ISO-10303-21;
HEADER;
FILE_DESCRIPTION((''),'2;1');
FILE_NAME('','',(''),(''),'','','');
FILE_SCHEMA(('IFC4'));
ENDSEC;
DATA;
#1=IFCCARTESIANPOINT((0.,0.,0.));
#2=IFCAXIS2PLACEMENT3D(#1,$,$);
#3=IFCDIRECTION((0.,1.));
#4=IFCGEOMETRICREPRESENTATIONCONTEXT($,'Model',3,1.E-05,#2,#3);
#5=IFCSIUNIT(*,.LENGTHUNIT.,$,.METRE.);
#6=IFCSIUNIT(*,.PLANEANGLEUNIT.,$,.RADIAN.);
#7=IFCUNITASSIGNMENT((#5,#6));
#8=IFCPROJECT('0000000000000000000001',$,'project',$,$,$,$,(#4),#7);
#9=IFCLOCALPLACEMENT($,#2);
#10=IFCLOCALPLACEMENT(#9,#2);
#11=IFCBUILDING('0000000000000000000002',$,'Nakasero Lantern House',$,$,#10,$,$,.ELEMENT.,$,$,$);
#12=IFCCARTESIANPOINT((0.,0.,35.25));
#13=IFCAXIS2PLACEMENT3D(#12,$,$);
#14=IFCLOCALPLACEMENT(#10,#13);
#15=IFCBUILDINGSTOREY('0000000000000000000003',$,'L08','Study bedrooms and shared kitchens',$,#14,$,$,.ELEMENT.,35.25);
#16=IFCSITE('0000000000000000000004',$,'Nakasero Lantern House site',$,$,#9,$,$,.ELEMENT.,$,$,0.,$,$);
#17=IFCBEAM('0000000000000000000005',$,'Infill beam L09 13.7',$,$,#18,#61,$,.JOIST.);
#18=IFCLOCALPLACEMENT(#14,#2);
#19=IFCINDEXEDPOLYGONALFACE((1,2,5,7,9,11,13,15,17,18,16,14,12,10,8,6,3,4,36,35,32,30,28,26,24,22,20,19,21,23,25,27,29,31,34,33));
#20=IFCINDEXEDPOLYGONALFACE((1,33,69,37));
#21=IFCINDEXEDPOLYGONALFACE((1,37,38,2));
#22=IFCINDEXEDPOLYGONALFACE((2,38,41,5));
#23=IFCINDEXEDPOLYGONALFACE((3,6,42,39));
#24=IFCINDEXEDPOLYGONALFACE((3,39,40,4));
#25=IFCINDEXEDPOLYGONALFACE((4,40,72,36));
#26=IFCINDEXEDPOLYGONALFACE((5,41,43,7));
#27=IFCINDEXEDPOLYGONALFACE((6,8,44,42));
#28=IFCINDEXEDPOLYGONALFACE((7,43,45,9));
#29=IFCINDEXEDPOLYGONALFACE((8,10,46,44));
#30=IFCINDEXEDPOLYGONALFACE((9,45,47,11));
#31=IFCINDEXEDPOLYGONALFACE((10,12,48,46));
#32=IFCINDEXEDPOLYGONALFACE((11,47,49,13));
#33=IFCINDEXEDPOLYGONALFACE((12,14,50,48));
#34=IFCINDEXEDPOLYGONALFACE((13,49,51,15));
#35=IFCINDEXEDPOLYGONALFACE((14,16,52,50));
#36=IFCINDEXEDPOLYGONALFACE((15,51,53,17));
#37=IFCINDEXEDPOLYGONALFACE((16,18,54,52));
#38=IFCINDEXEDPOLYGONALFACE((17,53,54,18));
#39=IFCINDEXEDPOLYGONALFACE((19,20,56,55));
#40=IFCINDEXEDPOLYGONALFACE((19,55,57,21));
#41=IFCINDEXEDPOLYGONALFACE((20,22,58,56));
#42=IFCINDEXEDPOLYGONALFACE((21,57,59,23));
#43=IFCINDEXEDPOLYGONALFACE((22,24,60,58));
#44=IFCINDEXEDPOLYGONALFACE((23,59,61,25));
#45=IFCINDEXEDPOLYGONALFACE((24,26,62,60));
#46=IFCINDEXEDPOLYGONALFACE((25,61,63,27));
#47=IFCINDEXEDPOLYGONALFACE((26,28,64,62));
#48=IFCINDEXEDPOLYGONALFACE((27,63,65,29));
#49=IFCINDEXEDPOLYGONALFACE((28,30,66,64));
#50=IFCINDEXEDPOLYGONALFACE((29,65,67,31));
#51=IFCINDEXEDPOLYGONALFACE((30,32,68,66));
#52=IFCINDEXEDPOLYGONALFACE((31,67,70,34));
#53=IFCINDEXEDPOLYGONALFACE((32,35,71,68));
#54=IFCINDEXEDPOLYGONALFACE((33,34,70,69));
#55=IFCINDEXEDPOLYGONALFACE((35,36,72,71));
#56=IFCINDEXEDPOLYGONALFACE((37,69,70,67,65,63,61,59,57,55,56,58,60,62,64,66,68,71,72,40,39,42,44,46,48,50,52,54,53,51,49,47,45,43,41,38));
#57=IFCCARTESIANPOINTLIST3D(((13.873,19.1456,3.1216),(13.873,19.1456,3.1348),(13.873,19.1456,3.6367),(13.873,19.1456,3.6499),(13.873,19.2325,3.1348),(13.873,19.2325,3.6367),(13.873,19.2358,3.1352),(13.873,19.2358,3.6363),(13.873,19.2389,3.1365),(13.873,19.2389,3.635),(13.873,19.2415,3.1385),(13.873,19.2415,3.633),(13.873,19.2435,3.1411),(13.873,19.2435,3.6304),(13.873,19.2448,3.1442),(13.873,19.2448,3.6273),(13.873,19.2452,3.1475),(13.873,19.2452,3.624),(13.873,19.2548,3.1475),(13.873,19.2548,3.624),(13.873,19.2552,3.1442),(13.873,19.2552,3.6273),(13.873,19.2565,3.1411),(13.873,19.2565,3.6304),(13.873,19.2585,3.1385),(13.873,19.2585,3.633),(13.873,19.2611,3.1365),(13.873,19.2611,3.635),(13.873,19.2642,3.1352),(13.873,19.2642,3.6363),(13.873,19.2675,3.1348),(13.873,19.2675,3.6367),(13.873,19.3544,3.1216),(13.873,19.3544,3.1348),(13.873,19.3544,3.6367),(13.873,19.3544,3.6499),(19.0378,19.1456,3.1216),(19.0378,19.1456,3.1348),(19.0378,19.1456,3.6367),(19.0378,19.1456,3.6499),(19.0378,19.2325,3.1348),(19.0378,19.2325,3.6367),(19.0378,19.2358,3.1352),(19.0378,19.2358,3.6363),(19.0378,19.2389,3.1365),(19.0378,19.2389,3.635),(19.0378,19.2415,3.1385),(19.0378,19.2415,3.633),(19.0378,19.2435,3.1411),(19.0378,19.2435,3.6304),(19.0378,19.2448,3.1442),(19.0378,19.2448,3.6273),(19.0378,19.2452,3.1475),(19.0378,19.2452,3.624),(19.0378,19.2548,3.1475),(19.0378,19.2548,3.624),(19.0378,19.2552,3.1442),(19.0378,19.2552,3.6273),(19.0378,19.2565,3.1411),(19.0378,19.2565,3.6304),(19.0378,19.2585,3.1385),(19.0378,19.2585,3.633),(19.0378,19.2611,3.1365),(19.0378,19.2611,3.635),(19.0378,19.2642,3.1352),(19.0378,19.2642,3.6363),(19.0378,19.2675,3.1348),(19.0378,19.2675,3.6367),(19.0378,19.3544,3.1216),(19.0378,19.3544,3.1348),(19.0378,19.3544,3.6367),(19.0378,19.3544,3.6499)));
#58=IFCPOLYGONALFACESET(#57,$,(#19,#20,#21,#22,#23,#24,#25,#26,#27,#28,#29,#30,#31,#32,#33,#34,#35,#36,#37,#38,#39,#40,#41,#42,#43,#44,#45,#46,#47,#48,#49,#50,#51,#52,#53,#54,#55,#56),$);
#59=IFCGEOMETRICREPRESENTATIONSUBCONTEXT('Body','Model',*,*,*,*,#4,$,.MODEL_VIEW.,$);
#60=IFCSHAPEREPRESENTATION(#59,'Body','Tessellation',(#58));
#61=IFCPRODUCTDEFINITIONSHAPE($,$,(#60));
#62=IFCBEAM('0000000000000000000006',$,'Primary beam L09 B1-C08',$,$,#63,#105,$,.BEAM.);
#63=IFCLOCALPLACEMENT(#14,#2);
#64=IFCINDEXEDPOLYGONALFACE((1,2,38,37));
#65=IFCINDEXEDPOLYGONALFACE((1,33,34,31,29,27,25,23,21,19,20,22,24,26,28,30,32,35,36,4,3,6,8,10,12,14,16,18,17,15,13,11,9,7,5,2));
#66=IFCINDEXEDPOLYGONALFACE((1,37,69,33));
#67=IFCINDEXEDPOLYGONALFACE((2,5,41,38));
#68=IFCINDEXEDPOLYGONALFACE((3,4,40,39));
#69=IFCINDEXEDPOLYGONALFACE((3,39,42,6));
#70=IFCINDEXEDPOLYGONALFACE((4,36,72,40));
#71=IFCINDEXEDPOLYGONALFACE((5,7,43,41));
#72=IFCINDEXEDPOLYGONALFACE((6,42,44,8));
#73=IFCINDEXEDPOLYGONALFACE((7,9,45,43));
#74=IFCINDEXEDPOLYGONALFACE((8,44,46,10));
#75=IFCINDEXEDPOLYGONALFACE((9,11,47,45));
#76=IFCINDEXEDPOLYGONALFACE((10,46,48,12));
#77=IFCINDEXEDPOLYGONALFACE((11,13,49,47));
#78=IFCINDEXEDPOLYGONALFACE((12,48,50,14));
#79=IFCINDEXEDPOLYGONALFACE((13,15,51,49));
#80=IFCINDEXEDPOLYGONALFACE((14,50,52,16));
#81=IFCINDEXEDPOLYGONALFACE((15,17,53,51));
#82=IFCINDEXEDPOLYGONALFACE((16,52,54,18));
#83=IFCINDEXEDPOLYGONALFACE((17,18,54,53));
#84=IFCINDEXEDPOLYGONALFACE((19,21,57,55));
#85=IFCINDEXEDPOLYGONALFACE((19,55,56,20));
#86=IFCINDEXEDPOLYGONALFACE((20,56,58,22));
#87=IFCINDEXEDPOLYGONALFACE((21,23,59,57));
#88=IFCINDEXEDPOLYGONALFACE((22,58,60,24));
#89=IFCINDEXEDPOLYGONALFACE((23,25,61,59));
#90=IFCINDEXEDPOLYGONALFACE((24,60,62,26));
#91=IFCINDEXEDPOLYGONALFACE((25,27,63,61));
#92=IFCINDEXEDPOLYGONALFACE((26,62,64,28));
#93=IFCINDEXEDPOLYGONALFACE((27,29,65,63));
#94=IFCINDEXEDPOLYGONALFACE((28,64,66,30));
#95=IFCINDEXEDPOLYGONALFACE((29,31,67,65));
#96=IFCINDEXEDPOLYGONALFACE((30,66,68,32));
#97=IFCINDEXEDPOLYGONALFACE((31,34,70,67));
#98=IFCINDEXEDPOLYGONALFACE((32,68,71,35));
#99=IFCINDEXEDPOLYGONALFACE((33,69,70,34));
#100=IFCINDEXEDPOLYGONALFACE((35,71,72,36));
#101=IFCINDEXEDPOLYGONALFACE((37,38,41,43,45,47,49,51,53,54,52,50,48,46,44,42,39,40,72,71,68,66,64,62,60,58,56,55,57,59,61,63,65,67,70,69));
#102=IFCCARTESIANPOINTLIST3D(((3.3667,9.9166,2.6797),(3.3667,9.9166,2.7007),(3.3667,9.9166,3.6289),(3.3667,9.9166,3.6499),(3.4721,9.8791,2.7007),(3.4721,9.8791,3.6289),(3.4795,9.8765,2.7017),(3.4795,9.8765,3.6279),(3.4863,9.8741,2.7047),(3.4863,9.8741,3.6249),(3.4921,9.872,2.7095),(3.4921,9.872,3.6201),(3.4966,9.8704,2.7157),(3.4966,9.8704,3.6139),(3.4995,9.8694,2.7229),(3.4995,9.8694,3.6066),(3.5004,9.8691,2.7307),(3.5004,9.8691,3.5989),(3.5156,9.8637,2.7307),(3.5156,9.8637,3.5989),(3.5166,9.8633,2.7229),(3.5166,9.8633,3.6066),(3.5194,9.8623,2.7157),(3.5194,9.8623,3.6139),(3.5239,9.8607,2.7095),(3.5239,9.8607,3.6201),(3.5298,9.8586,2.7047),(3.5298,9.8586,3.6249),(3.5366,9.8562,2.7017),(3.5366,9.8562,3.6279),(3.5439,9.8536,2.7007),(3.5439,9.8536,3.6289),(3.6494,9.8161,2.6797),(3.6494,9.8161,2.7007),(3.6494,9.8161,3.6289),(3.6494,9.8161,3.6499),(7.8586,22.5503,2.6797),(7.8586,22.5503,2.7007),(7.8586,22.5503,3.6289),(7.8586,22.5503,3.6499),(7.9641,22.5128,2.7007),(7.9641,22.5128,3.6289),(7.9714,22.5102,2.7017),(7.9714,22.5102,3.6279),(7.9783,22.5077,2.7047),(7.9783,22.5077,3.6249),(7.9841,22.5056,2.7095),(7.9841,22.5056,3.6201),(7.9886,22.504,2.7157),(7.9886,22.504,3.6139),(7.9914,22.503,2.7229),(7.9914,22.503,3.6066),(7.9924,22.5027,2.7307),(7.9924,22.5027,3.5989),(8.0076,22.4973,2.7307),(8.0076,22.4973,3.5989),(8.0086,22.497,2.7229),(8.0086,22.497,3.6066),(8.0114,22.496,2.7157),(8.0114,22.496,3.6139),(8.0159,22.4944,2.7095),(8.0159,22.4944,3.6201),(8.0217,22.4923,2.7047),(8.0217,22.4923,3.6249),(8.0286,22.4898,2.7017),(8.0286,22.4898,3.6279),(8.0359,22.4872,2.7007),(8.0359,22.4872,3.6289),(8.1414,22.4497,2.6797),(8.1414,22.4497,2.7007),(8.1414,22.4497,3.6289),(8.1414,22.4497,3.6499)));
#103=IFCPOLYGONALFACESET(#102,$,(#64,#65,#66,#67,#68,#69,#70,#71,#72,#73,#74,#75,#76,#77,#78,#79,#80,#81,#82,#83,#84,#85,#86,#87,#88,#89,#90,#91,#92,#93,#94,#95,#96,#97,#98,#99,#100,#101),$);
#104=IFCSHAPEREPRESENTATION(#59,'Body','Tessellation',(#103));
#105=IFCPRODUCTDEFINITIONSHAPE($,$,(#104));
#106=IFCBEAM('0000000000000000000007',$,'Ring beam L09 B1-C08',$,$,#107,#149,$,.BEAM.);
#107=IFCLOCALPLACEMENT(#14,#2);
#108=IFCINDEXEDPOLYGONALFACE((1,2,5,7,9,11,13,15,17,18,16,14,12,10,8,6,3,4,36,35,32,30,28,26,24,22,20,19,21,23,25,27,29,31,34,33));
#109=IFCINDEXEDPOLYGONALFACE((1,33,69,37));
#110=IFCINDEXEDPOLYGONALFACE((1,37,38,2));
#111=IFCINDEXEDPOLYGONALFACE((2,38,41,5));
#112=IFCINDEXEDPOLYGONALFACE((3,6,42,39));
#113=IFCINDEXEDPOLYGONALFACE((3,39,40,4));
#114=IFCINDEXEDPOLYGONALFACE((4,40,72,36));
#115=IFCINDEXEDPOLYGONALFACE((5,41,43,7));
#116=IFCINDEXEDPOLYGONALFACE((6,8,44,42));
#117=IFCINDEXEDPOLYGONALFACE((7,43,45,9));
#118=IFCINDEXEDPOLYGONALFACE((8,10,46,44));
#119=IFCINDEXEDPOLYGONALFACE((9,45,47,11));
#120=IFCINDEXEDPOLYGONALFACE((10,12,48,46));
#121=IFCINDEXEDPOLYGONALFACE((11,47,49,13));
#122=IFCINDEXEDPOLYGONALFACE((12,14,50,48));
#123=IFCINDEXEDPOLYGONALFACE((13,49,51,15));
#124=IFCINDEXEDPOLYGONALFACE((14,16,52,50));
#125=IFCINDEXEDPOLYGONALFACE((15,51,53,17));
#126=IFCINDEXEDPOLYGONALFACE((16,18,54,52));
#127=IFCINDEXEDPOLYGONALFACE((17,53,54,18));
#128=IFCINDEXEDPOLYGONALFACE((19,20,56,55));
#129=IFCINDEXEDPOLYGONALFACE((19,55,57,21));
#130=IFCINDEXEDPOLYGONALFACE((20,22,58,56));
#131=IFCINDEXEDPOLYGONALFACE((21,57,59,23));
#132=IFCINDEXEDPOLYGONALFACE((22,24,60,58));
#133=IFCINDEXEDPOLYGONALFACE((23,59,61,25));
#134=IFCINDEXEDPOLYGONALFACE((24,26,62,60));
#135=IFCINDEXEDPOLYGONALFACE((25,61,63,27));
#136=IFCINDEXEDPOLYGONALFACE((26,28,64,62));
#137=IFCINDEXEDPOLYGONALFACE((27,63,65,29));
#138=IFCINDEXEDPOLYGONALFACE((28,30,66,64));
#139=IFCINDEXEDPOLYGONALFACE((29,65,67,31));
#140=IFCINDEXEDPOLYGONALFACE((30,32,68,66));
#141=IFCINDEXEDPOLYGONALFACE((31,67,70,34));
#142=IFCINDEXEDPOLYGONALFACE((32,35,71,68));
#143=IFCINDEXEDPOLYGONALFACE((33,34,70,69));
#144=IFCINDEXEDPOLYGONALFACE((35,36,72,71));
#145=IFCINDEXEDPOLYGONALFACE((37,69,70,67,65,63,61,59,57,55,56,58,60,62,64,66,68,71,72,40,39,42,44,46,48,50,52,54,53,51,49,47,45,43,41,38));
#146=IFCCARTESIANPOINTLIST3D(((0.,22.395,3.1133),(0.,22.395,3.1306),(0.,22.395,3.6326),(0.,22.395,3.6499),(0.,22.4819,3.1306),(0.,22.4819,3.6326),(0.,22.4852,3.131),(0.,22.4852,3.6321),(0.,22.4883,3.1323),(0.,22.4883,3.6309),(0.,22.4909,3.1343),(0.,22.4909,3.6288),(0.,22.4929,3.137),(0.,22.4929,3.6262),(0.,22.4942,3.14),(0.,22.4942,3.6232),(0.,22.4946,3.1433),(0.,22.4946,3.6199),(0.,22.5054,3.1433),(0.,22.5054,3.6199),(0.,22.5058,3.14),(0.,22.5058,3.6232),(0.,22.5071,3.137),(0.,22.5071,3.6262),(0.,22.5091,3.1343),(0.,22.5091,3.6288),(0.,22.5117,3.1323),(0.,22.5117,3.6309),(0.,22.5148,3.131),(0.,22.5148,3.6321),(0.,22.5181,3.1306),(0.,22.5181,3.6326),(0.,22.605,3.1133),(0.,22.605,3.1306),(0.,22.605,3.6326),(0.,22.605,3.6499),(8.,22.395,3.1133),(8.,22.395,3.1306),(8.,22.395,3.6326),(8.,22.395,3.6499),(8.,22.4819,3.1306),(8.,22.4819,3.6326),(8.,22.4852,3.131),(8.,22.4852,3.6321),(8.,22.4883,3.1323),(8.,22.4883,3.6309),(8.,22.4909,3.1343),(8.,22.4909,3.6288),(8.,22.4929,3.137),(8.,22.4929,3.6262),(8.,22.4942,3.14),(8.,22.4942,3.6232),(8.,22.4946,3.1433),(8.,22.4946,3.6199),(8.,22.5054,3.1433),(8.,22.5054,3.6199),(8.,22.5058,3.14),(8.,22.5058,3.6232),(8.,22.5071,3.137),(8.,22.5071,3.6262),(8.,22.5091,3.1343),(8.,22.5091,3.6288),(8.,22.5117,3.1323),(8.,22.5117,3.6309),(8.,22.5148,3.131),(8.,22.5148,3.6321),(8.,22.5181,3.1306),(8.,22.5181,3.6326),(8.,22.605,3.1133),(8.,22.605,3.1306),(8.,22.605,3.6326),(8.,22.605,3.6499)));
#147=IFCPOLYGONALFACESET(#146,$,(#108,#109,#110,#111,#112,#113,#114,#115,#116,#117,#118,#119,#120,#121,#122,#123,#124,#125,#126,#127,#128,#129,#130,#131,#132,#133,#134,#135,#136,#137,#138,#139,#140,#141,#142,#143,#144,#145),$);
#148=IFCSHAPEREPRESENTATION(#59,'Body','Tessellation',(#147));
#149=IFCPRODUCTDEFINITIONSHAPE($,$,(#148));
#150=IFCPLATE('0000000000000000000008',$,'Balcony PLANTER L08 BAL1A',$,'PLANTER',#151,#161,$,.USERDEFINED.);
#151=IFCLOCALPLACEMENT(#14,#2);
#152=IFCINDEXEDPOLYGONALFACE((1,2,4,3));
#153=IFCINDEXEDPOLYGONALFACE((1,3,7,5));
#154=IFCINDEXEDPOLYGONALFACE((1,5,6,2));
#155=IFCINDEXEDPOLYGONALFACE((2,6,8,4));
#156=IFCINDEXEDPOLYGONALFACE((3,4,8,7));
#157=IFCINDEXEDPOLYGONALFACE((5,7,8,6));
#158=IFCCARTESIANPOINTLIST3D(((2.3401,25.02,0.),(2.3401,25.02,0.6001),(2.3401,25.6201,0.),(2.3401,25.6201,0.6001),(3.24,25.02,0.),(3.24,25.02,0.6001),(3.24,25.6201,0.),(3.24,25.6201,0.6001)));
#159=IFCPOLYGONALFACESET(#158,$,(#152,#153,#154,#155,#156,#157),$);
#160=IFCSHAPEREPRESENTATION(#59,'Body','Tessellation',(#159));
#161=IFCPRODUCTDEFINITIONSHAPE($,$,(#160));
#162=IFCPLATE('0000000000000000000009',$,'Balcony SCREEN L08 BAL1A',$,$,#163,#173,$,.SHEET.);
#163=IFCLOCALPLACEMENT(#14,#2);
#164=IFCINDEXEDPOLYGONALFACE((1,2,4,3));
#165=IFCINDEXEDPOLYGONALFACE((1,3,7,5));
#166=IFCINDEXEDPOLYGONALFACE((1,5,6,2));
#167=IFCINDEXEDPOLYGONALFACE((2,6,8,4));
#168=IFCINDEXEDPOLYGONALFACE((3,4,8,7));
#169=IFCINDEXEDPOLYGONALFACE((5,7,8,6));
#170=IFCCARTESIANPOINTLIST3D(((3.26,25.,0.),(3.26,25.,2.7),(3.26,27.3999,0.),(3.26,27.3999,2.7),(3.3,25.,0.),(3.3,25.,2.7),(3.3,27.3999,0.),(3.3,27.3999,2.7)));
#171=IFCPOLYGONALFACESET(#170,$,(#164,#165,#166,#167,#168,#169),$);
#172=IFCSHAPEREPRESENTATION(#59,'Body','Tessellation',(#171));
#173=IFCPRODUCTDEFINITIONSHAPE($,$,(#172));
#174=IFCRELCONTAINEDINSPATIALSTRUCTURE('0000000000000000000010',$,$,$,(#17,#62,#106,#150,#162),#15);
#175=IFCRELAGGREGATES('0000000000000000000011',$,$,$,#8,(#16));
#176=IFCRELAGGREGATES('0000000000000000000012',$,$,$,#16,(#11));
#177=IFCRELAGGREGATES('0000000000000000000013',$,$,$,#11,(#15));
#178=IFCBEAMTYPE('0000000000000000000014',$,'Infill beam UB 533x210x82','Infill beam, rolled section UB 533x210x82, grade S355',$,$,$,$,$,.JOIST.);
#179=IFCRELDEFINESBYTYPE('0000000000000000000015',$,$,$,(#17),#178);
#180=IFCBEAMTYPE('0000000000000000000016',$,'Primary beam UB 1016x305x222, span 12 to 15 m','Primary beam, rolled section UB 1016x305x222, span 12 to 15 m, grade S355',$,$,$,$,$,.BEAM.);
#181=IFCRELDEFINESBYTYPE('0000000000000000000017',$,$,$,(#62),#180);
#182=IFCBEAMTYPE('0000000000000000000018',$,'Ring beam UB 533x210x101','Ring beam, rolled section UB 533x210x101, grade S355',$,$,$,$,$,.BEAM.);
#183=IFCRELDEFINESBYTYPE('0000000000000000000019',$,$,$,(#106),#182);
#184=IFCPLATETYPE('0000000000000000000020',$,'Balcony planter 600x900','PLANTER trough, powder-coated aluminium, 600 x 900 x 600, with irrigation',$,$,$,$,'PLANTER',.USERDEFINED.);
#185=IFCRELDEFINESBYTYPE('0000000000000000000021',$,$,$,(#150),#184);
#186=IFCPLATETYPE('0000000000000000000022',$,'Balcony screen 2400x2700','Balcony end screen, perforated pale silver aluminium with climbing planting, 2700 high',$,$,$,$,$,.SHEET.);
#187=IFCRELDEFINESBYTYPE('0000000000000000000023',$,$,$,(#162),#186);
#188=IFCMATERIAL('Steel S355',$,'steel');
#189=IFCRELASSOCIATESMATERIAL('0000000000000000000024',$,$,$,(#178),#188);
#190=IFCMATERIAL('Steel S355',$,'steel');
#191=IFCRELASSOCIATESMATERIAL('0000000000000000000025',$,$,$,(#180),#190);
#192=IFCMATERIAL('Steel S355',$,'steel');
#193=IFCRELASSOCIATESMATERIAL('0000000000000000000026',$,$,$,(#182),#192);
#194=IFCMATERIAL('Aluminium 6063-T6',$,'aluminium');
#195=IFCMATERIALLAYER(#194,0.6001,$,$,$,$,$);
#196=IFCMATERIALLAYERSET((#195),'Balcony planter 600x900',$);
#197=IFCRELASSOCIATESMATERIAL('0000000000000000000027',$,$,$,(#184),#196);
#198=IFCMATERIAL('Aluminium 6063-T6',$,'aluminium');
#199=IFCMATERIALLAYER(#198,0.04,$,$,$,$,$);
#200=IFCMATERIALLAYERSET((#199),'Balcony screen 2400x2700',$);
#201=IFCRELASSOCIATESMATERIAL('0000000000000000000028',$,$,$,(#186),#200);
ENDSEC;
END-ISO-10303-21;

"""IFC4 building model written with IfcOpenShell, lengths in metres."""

from ifc_helpers import new_model, si_unit, direction, frame, origin, origin_2d, place, context, subcontext, project, spatial, rectangle, i_section, extrude, material, layer, layer_set, material_profile, profile_set, type_object, element, save


model = new_model("IFC4")

# Units and contexts
model_context = context("Model", 3, precision=1e-05, world=origin(), true_north=direction((0.0, 1.0)))
body_context = subcontext(model_context, "Body", "Model", "MODEL_VIEW")
ifc_project = project(units=[si_unit("LENGTHUNIT", "METRE"), si_unit("PLANEANGLEUNIT", "RADIAN")], contexts=[model_context])

# Site, building, storey
site_placement = place(None, origin())
site = spatial("IfcSite", under=ifc_project, at=site_placement, Name="Nakasero Lantern House site", CompositionType="ELEMENT", RefElevation=0.0)
building_placement = place(site_placement, origin())
building = spatial("IfcBuilding", under=site, at=building_placement, Name="Nakasero Lantern House", CompositionType="ELEMENT")
storey_placement = place(building_placement, frame((0.0, 0.0, 35.25)))
storey = spatial("IfcBuildingStorey", under=building, at=storey_placement, Name="L08", Description="Study bedrooms and shared kitchens", CompositionType="ELEMENT", Elevation=35.25)

# Beams
ifc_material_1 = material(Name="Steel S355", Category="steel")
ifc_material_profile_1 = material_profile(ifc_material_1, i_section(OverallWidth=0.2087, OverallDepth=0.5283, WebThickness=0.0095, FlangeThickness=0.0132, FilletRadius=0.0127, at=origin_2d()), Name="UB 533x210x82")
ifc_profile_set_1 = profile_set([ifc_material_profile_1], Name="Steel S355")
beam_type_1 = type_object("IfcBeamType", Name="Infill beam UB 533x210x82", Description="Infill beam, rolled section UB 533x210x82, grade S355", PredefinedType="JOIST", material=ifc_profile_set_1)
beam_1_placement = place(storey_placement, frame((13.873, 19.25, 3.3857), z_axis=(1.0, 0.0, 0.0), x_axis=(0.0, 1.0, 0.0)))
element("IfcBeam", 1, at=beam_1_placement, inside=storey, type_object=beam_type_1, Name="Infill beam L09 13.7", PredefinedType="JOIST", context=body_context, shape_type="SweptSolid", body=[
    extrude(i_section(OverallWidth=0.2087, OverallDepth=0.5283, WebThickness=0.0095, FlangeThickness=0.0132, FilletRadius=0.0127, at=origin_2d()), origin(), (0.0, 0.0, 1.0), 5.1648),
])
ifc_material_2 = material(Name="Steel S355", Category="steel")
ifc_material_profile_2 = material_profile(ifc_material_2, i_section(OverallWidth=0.3, OverallDepth=0.9702, WebThickness=0.0161, FlangeThickness=0.021, FilletRadius=0.03, at=origin_2d()), Name="UB 1016x305x222")
ifc_profile_set_2 = profile_set([ifc_material_profile_2], Name="Steel S355")
beam_type_2 = type_object("IfcBeamType", Name="Primary beam UB 1016x305x222, span 12 to 15 m", Description="Primary beam, rolled section UB 1016x305x222, span 12 to 15 m, grade S355", PredefinedType="BEAM", material=ifc_profile_set_2)
beam_2_placement = place(storey_placement, frame((8.0, 22.5, 3.1648), z_axis=(-0.335011, -0.942214, 0.0), x_axis=(0.942214, -0.335011, 0.0)))
element("IfcBeam", 2, at=beam_2_placement, inside=storey, type_object=beam_type_2, Name="Primary beam L09 B1-C08", PredefinedType="BEAM", context=body_context, shape_type="SweptSolid", body=[
    extrude(i_section(OverallWidth=0.3, OverallDepth=0.9702, WebThickness=0.0161, FlangeThickness=0.021, FilletRadius=0.03, at=origin_2d()), origin(), (0.0, 0.0, 1.0), 13.4084),
])
ifc_material_3 = material(Name="Steel S355", Category="steel")
ifc_material_profile_3 = material_profile(ifc_material_3, i_section(OverallWidth=0.21, OverallDepth=0.5366, WebThickness=0.0107, FlangeThickness=0.0173, FilletRadius=0.0127, at=origin_2d()), Name="UB 533x210x101")
ifc_profile_set_3 = profile_set([ifc_material_profile_3], Name="Steel S355")
beam_type_3 = type_object("IfcBeamType", Name="Ring beam UB 533x210x101", Description="Ring beam, rolled section UB 533x210x101, grade S355", PredefinedType="BEAM", material=ifc_profile_set_3)
beam_3_placement = place(storey_placement, frame((8.0, 22.5, 3.3816), z_axis=(-1.0, 0.0, 0.0), x_axis=(0.0, -1.0, 0.0)))
element("IfcBeam", 3, at=beam_3_placement, inside=storey, type_object=beam_type_3, Name="Ring beam L09 B1-C08", PredefinedType="BEAM", context=body_context, shape_type="SweptSolid", body=[
    extrude(i_section(OverallWidth=0.21, OverallDepth=0.5366, WebThickness=0.0107, FlangeThickness=0.0173, FilletRadius=0.0127, at=origin_2d()), origin(), (0.0, 0.0, 1.0), 8.0),
])

# Plates
ifc_material_4 = material(Name="Aluminium 6063-T6", Category="aluminium")
ifc_layer_1 = layer(ifc_material_4, 0.6001)
ifc_layer_set_1 = layer_set([ifc_layer_1], Name="Balcony planter 600x900")
plate_type_1 = type_object("IfcPlateType", Name="Balcony planter 600x900", Description="PLANTER trough, powder-coated aluminium, 600 x 900 x 600, with irrigation", ElementType="PLANTER", PredefinedType="USERDEFINED", material=ifc_layer_set_1)
plate_1_placement = place(storey_placement, frame((2.79, 25.3201, 0.0), z_axis=(0.0, 0.0, 1.0), x_axis=(0.0, 1.0, 0.0)))
element("IfcPlate", 4, at=plate_1_placement, inside=storey, type_object=plate_type_1, Name="Balcony PLANTER L08 BAL1A", ObjectType="PLANTER", PredefinedType="USERDEFINED", context=body_context, shape_type="SweptSolid", body=[
    extrude(rectangle(XDim=0.6001, YDim=0.8999, at=origin_2d()), origin(), (0.0, 0.0, 1.0), 0.6001),
])
ifc_material_5 = material(Name="Aluminium 6063-T6", Category="aluminium")
ifc_layer_2 = layer(ifc_material_5, 0.04)
ifc_layer_set_2 = layer_set([ifc_layer_2], Name="Balcony screen 2400x2700")
plate_type_2 = type_object("IfcPlateType", Name="Balcony screen 2400x2700", Description="Balcony end screen, perforated pale silver aluminium with climbing planting, 2700 high", PredefinedType="SHEET", material=ifc_layer_set_2)
plate_2_placement = place(storey_placement, frame((3.28, 26.2, 0.0), z_axis=(0.0, 0.0, 1.0), x_axis=(0.0, 1.0, 0.0)))
element("IfcPlate", 5, at=plate_2_placement, inside=storey, type_object=plate_type_2, Name="Balcony SCREEN L08 BAL1A", PredefinedType="SHEET", context=body_context, shape_type="SweptSolid", body=[
    extrude(rectangle(XDim=2.3999, YDim=0.04, at=origin_2d()), origin(), (0.0, 0.0, 1.0), 2.7),
])

save(model, "model.ifc")
